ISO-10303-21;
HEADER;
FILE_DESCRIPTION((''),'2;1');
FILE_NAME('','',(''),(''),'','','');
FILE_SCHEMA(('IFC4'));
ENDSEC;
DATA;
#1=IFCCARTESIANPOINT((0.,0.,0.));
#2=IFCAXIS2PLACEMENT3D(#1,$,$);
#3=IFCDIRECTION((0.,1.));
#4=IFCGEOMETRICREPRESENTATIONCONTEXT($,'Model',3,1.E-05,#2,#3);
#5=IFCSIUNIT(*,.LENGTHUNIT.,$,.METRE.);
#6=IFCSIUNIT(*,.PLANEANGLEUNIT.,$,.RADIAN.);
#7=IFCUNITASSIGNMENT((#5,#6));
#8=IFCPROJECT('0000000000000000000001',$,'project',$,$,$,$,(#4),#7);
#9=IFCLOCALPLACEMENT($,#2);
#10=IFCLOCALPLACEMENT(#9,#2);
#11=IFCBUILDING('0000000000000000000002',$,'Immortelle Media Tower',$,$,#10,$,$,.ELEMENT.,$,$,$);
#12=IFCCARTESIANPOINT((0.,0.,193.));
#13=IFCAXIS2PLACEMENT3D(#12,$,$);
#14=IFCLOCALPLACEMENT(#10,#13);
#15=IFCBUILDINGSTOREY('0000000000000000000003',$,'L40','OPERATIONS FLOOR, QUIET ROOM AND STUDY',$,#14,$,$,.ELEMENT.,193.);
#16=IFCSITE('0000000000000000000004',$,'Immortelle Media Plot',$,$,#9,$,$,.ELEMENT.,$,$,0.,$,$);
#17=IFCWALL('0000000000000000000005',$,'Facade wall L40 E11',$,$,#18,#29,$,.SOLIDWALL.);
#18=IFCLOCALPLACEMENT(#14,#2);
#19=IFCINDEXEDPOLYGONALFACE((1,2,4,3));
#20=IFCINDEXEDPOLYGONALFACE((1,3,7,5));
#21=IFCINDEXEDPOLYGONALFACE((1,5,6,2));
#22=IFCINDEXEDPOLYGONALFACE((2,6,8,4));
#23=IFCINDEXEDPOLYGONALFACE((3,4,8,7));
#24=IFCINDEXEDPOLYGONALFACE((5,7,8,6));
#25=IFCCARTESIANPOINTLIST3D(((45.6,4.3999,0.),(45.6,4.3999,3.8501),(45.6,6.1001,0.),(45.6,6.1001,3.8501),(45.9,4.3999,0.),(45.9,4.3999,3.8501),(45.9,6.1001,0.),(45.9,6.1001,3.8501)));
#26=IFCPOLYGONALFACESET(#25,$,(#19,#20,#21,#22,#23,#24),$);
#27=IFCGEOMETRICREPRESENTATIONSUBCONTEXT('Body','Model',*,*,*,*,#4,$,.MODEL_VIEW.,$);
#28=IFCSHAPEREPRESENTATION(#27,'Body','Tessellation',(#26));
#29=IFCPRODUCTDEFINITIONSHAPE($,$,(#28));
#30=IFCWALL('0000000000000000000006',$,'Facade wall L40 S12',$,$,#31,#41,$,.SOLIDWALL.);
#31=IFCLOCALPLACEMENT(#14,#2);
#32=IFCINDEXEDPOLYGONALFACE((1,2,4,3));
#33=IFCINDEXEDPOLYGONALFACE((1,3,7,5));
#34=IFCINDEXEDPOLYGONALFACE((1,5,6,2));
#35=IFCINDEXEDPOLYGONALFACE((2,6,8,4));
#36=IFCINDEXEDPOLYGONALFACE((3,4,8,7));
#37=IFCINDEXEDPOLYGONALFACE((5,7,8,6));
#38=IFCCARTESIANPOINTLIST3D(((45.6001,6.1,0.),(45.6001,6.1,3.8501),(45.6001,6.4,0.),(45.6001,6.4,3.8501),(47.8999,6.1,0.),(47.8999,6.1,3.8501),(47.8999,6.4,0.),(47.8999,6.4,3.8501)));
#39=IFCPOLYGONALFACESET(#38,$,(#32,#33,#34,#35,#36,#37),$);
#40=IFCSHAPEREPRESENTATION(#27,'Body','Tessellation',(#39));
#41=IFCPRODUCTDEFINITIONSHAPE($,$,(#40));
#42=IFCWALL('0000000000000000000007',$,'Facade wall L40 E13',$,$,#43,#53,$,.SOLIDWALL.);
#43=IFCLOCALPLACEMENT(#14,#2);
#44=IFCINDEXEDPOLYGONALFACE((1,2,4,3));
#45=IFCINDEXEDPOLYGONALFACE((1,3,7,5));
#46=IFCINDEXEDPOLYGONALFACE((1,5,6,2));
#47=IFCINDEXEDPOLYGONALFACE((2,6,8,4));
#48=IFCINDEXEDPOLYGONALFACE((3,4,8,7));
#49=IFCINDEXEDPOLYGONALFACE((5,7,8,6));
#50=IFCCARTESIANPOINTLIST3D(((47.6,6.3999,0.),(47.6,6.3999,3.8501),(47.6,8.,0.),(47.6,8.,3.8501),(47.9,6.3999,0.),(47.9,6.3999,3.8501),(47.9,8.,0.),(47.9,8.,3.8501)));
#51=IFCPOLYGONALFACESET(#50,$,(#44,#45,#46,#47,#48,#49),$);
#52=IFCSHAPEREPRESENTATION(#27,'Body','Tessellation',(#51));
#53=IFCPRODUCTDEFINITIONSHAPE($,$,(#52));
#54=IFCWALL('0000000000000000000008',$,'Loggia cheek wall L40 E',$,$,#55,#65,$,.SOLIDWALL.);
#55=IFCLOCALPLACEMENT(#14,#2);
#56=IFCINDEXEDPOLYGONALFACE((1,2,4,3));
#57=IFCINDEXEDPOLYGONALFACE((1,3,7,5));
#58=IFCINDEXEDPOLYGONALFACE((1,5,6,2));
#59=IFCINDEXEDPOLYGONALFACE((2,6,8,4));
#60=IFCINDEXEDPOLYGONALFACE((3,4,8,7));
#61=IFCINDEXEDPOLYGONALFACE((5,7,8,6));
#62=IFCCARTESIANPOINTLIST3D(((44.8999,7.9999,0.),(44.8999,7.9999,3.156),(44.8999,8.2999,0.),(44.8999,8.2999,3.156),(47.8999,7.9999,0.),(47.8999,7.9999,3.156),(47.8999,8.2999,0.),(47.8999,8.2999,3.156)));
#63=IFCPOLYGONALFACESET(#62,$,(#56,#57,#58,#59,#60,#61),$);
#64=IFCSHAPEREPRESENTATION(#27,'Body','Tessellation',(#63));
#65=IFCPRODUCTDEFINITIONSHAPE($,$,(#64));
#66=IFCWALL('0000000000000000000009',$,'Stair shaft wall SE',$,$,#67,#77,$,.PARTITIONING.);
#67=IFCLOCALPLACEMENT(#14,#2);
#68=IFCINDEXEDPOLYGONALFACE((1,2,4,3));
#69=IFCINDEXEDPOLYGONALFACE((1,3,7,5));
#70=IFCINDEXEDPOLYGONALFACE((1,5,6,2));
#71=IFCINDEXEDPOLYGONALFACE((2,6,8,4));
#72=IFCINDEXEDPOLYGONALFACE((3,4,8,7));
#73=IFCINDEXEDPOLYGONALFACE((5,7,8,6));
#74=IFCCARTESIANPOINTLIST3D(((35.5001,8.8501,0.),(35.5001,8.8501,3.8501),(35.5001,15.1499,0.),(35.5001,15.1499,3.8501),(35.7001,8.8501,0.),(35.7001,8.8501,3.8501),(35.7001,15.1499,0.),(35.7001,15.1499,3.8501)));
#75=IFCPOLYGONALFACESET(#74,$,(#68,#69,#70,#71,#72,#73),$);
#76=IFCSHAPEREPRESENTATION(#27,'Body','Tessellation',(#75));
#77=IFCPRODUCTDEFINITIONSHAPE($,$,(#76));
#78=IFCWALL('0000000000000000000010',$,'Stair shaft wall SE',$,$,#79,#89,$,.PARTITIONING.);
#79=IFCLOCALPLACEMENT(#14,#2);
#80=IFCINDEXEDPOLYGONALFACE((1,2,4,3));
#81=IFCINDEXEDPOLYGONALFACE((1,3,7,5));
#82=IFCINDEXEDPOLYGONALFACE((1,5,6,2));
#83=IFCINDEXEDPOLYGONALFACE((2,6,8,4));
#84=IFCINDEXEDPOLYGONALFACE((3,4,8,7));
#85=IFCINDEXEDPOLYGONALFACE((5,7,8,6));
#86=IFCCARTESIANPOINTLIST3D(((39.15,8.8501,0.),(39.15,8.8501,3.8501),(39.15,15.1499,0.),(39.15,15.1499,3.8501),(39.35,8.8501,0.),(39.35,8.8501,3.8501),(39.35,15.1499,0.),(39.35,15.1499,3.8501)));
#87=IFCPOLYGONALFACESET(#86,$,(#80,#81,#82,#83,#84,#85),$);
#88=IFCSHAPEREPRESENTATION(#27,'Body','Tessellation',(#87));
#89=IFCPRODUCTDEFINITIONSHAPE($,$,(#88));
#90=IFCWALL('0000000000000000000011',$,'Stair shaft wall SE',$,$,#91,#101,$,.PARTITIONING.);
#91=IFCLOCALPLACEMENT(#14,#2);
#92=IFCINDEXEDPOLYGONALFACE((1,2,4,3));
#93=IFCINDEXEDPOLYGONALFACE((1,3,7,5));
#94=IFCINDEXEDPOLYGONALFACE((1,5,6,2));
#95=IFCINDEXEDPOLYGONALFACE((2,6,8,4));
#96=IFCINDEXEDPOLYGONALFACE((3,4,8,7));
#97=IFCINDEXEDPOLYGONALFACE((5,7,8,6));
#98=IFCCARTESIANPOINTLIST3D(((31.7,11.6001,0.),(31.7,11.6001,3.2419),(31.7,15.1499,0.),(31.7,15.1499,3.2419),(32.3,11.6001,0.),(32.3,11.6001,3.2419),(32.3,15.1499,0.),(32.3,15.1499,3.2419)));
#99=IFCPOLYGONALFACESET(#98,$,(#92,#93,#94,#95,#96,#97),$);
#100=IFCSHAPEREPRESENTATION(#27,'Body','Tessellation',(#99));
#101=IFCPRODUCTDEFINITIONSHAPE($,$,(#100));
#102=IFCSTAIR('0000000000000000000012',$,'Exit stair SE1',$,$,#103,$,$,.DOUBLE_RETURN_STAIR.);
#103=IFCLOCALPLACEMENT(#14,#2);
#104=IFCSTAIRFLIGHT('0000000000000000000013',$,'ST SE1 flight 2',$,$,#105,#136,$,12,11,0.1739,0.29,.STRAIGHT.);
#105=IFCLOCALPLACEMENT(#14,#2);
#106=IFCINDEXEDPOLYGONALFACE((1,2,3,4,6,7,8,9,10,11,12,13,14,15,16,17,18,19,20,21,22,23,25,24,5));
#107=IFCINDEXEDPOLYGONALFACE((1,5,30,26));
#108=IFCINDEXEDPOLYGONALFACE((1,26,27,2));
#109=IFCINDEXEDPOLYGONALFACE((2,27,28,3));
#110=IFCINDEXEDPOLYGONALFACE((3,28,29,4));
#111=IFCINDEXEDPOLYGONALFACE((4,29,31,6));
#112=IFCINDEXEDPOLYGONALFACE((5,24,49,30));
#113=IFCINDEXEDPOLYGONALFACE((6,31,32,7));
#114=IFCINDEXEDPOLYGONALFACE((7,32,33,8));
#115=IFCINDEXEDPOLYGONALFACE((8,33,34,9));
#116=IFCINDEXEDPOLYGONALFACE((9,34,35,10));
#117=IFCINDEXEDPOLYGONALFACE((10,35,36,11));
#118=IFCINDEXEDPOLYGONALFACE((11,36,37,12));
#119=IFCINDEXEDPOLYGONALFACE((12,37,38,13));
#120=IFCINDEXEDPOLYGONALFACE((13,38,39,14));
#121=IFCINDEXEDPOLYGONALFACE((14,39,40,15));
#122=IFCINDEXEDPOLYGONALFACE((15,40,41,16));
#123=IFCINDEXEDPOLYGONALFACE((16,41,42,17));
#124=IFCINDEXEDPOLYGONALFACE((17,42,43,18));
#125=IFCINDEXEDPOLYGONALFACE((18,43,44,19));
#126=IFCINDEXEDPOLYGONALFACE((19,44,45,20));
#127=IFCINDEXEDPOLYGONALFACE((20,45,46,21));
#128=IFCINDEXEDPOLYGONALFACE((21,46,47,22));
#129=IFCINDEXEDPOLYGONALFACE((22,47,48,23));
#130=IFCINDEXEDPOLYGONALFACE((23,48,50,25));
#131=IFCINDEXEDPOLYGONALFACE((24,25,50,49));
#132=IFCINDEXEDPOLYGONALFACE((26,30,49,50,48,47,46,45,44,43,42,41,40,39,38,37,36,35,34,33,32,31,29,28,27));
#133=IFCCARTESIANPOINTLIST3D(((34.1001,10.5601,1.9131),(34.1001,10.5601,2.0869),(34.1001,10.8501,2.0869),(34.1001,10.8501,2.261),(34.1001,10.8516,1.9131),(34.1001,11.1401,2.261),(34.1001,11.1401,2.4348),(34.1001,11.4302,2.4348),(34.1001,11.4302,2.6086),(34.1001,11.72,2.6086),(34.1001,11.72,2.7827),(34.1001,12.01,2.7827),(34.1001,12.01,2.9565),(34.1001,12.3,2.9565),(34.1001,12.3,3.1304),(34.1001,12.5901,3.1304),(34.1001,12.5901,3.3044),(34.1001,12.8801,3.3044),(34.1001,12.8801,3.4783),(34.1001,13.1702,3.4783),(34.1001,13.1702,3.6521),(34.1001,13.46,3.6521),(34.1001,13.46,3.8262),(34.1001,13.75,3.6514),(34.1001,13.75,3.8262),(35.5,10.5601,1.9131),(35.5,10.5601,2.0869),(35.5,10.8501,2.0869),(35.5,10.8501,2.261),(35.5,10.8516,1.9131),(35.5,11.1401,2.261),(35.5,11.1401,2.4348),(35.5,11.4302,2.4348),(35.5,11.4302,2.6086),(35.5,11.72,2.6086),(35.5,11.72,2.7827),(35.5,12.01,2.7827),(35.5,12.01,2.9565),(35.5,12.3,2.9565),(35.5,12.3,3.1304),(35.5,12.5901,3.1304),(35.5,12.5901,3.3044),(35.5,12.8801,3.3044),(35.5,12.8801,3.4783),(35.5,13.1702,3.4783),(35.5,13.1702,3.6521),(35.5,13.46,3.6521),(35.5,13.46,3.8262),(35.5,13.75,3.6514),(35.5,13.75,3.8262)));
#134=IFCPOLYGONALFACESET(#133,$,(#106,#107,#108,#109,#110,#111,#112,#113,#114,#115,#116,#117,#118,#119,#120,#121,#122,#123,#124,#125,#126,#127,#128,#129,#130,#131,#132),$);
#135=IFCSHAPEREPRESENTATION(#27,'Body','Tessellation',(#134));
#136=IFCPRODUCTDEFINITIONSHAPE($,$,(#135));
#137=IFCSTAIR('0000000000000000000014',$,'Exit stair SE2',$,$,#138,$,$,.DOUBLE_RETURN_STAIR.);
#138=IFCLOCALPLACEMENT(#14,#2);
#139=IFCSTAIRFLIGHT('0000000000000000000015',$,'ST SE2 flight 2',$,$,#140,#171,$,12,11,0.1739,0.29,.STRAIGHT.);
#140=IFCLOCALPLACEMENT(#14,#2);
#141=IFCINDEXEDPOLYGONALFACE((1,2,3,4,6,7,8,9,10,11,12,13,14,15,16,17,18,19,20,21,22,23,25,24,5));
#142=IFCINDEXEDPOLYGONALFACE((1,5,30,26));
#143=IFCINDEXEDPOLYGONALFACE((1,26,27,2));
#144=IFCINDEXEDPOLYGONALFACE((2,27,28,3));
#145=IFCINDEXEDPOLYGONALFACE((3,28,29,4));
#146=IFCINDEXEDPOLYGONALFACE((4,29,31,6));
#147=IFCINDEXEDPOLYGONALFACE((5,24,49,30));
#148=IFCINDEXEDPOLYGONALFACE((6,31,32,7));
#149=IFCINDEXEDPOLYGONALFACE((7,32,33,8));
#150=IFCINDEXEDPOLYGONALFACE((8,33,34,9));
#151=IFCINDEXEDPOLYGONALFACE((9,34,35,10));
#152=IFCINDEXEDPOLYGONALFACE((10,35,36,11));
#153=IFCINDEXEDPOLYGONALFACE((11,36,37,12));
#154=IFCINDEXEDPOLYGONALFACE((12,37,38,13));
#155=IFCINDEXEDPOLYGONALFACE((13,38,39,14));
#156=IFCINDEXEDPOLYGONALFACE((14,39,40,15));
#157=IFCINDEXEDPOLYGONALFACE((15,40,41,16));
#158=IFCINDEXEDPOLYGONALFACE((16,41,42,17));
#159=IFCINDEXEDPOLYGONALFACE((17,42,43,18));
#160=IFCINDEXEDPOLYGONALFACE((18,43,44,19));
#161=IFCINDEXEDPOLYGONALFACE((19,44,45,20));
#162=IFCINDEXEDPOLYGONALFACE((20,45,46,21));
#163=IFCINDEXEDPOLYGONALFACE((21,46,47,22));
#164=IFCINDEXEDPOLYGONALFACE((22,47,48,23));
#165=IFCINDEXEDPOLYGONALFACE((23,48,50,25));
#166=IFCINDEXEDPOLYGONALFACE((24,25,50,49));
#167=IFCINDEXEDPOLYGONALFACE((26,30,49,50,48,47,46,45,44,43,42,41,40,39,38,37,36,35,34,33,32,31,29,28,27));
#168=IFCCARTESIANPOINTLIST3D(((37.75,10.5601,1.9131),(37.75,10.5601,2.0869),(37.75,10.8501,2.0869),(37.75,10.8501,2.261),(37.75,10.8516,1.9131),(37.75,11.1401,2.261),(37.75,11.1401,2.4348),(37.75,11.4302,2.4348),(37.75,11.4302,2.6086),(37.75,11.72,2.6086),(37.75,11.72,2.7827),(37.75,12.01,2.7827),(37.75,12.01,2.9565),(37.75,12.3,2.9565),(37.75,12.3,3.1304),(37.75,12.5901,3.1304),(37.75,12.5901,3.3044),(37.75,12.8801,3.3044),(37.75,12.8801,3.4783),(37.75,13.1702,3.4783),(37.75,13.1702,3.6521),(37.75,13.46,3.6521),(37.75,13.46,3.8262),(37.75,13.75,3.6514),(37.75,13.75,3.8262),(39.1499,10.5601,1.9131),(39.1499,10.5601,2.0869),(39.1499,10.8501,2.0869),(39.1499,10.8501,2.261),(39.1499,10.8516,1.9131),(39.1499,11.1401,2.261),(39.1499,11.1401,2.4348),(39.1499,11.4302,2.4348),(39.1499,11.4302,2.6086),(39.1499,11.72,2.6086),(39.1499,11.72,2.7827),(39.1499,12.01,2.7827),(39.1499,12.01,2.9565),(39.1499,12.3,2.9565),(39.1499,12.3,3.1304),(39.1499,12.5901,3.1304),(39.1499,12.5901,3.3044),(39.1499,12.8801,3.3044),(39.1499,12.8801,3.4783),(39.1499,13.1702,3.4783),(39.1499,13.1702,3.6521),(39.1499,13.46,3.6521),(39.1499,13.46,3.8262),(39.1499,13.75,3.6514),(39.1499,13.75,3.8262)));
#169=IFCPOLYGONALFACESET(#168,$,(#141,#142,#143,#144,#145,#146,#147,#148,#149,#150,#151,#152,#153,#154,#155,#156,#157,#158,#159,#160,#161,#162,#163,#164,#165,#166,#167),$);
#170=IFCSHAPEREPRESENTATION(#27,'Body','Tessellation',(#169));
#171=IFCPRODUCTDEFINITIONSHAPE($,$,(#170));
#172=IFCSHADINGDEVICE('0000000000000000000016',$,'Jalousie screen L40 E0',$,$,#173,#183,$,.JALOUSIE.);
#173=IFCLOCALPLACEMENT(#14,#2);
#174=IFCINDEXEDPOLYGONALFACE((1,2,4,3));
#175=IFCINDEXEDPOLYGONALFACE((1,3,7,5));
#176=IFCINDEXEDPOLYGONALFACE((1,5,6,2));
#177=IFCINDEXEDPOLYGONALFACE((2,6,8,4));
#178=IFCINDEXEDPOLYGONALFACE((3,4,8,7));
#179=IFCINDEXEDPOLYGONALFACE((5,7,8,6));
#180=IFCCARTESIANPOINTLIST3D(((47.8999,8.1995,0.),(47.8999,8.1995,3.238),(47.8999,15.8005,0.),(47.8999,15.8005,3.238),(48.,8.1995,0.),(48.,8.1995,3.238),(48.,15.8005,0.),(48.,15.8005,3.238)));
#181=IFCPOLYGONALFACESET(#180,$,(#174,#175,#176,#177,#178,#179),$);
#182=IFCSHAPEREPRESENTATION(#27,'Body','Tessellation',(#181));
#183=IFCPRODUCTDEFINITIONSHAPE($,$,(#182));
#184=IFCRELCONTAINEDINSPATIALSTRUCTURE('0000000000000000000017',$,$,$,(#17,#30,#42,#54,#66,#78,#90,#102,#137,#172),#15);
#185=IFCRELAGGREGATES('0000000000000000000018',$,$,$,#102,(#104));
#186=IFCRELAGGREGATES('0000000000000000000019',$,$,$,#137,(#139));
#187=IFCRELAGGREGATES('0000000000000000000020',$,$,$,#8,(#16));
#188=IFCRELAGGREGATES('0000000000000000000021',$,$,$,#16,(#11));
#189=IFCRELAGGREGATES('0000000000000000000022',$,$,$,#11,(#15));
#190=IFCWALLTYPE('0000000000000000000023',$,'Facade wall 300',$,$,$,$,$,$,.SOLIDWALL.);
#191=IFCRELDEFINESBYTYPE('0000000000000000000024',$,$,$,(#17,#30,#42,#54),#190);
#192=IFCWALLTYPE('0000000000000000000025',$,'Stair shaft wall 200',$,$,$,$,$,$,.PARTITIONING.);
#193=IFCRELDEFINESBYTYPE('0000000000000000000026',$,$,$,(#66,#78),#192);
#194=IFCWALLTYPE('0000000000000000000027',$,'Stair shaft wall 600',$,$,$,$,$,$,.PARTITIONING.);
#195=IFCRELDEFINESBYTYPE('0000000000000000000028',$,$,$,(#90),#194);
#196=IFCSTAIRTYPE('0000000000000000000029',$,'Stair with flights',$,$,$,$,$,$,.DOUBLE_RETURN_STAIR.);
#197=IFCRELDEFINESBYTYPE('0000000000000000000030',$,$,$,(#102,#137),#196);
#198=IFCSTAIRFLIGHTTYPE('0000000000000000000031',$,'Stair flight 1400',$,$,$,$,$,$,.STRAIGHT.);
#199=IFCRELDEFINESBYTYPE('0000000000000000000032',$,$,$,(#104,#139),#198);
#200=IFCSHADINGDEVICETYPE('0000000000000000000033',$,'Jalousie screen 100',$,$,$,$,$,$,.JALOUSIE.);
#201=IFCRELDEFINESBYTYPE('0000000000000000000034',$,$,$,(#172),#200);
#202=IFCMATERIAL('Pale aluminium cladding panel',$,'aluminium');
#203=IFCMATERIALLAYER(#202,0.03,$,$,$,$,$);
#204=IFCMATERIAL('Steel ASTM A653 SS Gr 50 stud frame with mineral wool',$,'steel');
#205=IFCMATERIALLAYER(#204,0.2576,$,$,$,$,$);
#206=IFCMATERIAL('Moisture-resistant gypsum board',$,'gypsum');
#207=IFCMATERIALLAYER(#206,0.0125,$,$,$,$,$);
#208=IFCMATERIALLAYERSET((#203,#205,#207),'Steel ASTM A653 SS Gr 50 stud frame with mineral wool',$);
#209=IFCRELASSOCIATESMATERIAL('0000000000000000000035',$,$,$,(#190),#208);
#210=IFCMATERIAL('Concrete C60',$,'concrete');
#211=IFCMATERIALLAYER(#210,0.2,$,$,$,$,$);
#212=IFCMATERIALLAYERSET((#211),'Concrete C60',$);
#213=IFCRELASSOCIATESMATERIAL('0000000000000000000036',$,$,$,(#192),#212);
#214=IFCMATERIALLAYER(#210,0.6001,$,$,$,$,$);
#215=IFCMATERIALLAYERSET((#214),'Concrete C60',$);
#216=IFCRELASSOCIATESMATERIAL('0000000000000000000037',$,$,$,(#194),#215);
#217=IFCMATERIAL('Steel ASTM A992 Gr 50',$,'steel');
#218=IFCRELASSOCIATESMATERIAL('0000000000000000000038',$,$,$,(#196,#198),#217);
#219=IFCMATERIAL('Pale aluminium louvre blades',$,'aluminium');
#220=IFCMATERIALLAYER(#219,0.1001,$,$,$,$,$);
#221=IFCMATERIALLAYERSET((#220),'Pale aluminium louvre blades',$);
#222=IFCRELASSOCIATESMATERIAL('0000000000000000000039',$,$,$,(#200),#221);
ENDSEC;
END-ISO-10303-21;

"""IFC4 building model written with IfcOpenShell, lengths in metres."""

from ifc_helpers import new_model, si_unit, direction, frame, frame_2d, origin, origin_2d, place, context, subcontext, project, spatial, polyline, rectangle, outline, extrude, material, layer, layer_set, type_object, element, aggregate, save


model = new_model("IFC4")

# Units and contexts
model_context = context("Model", 3, precision=1e-05, world=origin(), true_north=direction((0.0, 1.0)))
body_context = subcontext(model_context, "Body", "Model", "MODEL_VIEW")
ifc_project = project(units=[si_unit("LENGTHUNIT", "METRE"), si_unit("PLANEANGLEUNIT", "RADIAN")], contexts=[model_context])

# Site, building, storey
site_placement = place(None, origin())
site = spatial("IfcSite", under=ifc_project, at=site_placement, Name="Immortelle Media Plot", CompositionType="ELEMENT", RefElevation=0.0)
building_placement = place(site_placement, origin())
building = spatial("IfcBuilding", under=site, at=building_placement, Name="Immortelle Media Tower", CompositionType="ELEMENT")
storey_placement = place(building_placement, frame((0.0, 0.0, 193.0)))
storey = spatial("IfcBuildingStorey", under=building, at=storey_placement, Name="L40", Description="OPERATIONS FLOOR, QUIET ROOM AND STUDY", CompositionType="ELEMENT", Elevation=193.0)

# Shared definitions
ifc_material_1 = material(Name="Steel ASTM A992 Gr 50", Category="steel")

# Walls
ifc_material_2 = material(Name="Pale aluminium cladding panel", Category="aluminium")
ifc_layer_1 = layer(ifc_material_2, 0.03)
ifc_material_3 = material(Name="Steel ASTM A653 SS Gr 50 stud frame with mineral wool", Category="steel")
ifc_layer_2 = layer(ifc_material_3, 0.2576)
ifc_material_4 = material(Name="Moisture-resistant gypsum board", Category="gypsum")
ifc_layer_3 = layer(ifc_material_4, 0.0125)
ifc_layer_set_1 = layer_set([ifc_layer_1, ifc_layer_2, ifc_layer_3], Name="Steel ASTM A653 SS Gr 50 stud frame with mineral wool")
wall_type_1 = type_object("IfcWallType", Name="Facade wall 300", PredefinedType="SOLIDWALL", material=ifc_layer_set_1)
wall_1_placement = place(storey_placement, frame((45.75, 4.3999, 0.0), z_axis=(0.0, 0.0, 1.0), x_axis=(0.0, 1.0, 0.0)))
element("IfcWall", 1, at=wall_1_placement, inside=storey, type_object=wall_type_1, Name="Facade wall L40 E11", PredefinedType="SOLIDWALL", context=body_context, shape_type="SweptSolid", body=[
    extrude(rectangle(XDim=1.7002, YDim=0.3, at=frame_2d((0.8501, 0.0))), origin(), (0.0, 0.0, 1.0), 3.8501),
])
wall_2_placement = place(storey_placement, frame((45.6001, 6.25, 0.0), z_axis=(0.0, 0.0, 1.0), x_axis=(1.0, 0.0, 0.0)))
element("IfcWall", 2, at=wall_2_placement, inside=storey, type_object=wall_type_1, Name="Facade wall L40 S12", PredefinedType="SOLIDWALL", context=body_context, shape_type="SweptSolid", body=[
    extrude(rectangle(XDim=2.2998, YDim=0.3, at=frame_2d((1.1499, 0.0))), origin(), (0.0, 0.0, 1.0), 3.8501),
])
wall_3_placement = place(storey_placement, frame((47.75, 6.3999, 0.0), z_axis=(0.0, 0.0, 1.0), x_axis=(0.0, 1.0, 0.0)))
element("IfcWall", 3, at=wall_3_placement, inside=storey, type_object=wall_type_1, Name="Facade wall L40 E13", PredefinedType="SOLIDWALL", context=body_context, shape_type="SweptSolid", body=[
    extrude(rectangle(XDim=1.6001, YDim=0.3, at=frame_2d((0.8, 0.0))), origin(), (0.0, 0.0, 1.0), 3.8501),
])

# Walls
wall_4_placement = place(storey_placement, frame((47.8999, 8.1499, 0.0), z_axis=(0.0, 0.0, 1.0), x_axis=(-1.0, 0.0, 0.0)))
element("IfcWall", 4, at=wall_4_placement, inside=storey, type_object=wall_type_1, Name="Loggia cheek wall L40 E", PredefinedType="SOLIDWALL", context=body_context, shape_type="SweptSolid", body=[
    extrude(rectangle(XDim=3.0, YDim=0.3, at=frame_2d((1.5, 0.0))), origin(), (0.0, 0.0, 1.0), 3.156),
])
ifc_material_5 = material(Name="Concrete C60", Category="concrete")
ifc_layer_4 = layer(ifc_material_5, 0.2)
ifc_layer_set_2 = layer_set([ifc_layer_4], Name="Concrete C60")
wall_type_2 = type_object("IfcWallType", Name="Stair shaft wall 200", PredefinedType="PARTITIONING", material=ifc_layer_set_2)
for number, where, z_axis, x_axis, name in (
    (5, (35.6001, 8.8501, 0.0), (0.0, 0.0, 1.0), (0.0, 1.0, 0.0), "Stair shaft wall SE"),
    (6, (39.25, 8.8501, 0.0), (0.0, 0.0, 1.0), (0.0, 1.0, 0.0), "Stair shaft wall SE"),
):
    element("IfcWall", number, at=place(storey_placement, frame(where, z_axis=z_axis, x_axis=x_axis)), inside=storey, type_object=wall_type_2, Name=name, PredefinedType="PARTITIONING", context=body_context, shape_type="SweptSolid", body=[
        extrude(rectangle(XDim=6.2998, YDim=0.2, at=frame_2d((3.1499, 0.0))), origin(), (0.0, 0.0, 1.0), 3.8501),
    ])
ifc_layer_5 = layer(ifc_material_5, 0.6001)
ifc_layer_set_3 = layer_set([ifc_layer_5], Name="Concrete C60")
wall_type_3 = type_object("IfcWallType", Name="Stair shaft wall 600", PredefinedType="PARTITIONING", material=ifc_layer_set_3)
wall_5_placement = place(storey_placement, frame((32.0, 11.6001, 0.0), z_axis=(0.0, 0.0, 1.0), x_axis=(0.0, 1.0, 0.0)))
element("IfcWall", 7, at=wall_5_placement, inside=storey, type_object=wall_type_3, Name="Stair shaft wall SE", PredefinedType="PARTITIONING", context=body_context, shape_type="SweptSolid", body=[
    extrude(rectangle(XDim=3.5498, YDim=0.6001, at=frame_2d((1.7749, 0.0))), origin(), (0.0, 0.0, 1.0), 3.2419),
])

# Stairs, stair flights
stair_type = type_object("IfcStairType", Name="Stair with flights", PredefinedType="DOUBLE_RETURN_STAIR", material=ifc_material_1)
stair_1_placement = place(storey_placement, origin())
stair_1 = element("IfcStair", 8, at=stair_1_placement, inside=storey, type_object=stair_type, Name="Exit stair SE1", PredefinedType="DOUBLE_RETURN_STAIR")
stair_flight_type = type_object("IfcStairFlightType", Name="Stair flight 1400", PredefinedType="STRAIGHT", material=ifc_material_1)
stair_flight_1_placement = place(storey_placement, frame((34.8, 10.5601, 1.9131), z_axis=(0.0, 0.0, 1.0), x_axis=(0.0, 1.0, 0.0)))
stair_flight_1 = element("IfcStairFlight", 9, at=stair_flight_1_placement, type_object=stair_flight_type, Name="ST SE1 flight 2", NumberOfRisers=12, NumberOfTreads=11, PredefinedType="STRAIGHT", RiserHeight=0.1739, TreadLength=0.29, context=body_context, shape_type="SweptSolid", body=[
    extrude(outline(polyline([(0.0, 0.0), (0.0, 0.1738), (0.29, 0.1738), (0.29, 0.3479), (0.5801, 0.3479), (0.5801, 0.5217), (0.8701, 0.5217), (0.8701, 0.6956), (1.1599, 0.6956), (1.1599, 0.8696), (1.45, 0.8696), (1.45, 1.0435), (1.74, 1.0435), (1.74, 1.2173), (2.03, 1.2173), (2.03, 1.3914), (2.3201, 1.3914), (2.3201, 1.5652), (2.6101, 1.5652), (2.6101, 1.739), (2.8999, 1.739), (2.8999, 1.9131), (3.1899, 1.9131), (3.1899, 2.0869), (3.1899, 1.7383), (0.2915, 0.0), (0.0, 0.0)])), frame((0.0, 0.7, 0.0), z_axis=(0.0, -1.0, 0.0), x_axis=(1.0, 0.0, 0.0)), (0.0, 0.0, 1.0), 1.3999),
])
aggregate(stair_1, [stair_flight_1])
stair_2_placement = place(storey_placement, origin())
stair_2 = element("IfcStair", 10, at=stair_2_placement, inside=storey, type_object=stair_type, Name="Exit stair SE2", PredefinedType="DOUBLE_RETURN_STAIR")
stair_flight_2_placement = place(storey_placement, frame((38.45, 10.5601, 1.9131), z_axis=(0.0, 0.0, 1.0), x_axis=(0.0, 1.0, 0.0)))
stair_flight_2 = element("IfcStairFlight", 11, at=stair_flight_2_placement, type_object=stair_flight_type, Name="ST SE2 flight 2", NumberOfRisers=12, NumberOfTreads=11, PredefinedType="STRAIGHT", RiserHeight=0.1739, TreadLength=0.29, context=body_context, shape_type="SweptSolid", body=[
    extrude(outline(polyline([(0.0, 0.0), (0.0, 0.1738), (0.29, 0.1738), (0.29, 0.3479), (0.5801, 0.3479), (0.5801, 0.5217), (0.8701, 0.5217), (0.8701, 0.6956), (1.1599, 0.6956), (1.1599, 0.8696), (1.45, 0.8696), (1.45, 1.0435), (1.74, 1.0435), (1.74, 1.2173), (2.03, 1.2173), (2.03, 1.3914), (2.3201, 1.3914), (2.3201, 1.5652), (2.6101, 1.5652), (2.6101, 1.739), (2.8999, 1.739), (2.8999, 1.9131), (3.1899, 1.9131), (3.1899, 2.0869), (3.1899, 1.7383), (0.2915, 0.0), (0.0, 0.0)])), frame((0.0, 0.7, 0.0), z_axis=(0.0, -1.0, 0.0), x_axis=(1.0, 0.0, 0.0)), (0.0, 0.0, 1.0), 1.3999),
])
aggregate(stair_2, [stair_flight_2])

# Shading device
ifc_material_6 = material(Name="Pale aluminium louvre blades", Category="aluminium")
ifc_layer_6 = layer(ifc_material_6, 0.1001)
ifc_layer_set_4 = layer_set([ifc_layer_6], Name="Pale aluminium louvre blades")
shading_device_type_1 = type_object("IfcShadingDeviceType", Name="Jalousie screen 100", PredefinedType="JALOUSIE", material=ifc_layer_set_4)
shading_device_1_placement = place(storey_placement, frame((47.95, 12.0, 0.0), z_axis=(0.0, 0.0, 1.0), x_axis=(0.0, 1.0, 0.0)))
element("IfcShadingDevice", 12, at=shading_device_1_placement, inside=storey, type_object=shading_device_type_1, Name="Jalousie screen L40 E0", PredefinedType="JALOUSIE", context=body_context, shape_type="SweptSolid", body=[
    extrude(rectangle(XDim=7.6011, YDim=0.1001, at=origin_2d()), origin(), (0.0, 0.0, 1.0), 3.238),
])

save(model, "model.ifc")
